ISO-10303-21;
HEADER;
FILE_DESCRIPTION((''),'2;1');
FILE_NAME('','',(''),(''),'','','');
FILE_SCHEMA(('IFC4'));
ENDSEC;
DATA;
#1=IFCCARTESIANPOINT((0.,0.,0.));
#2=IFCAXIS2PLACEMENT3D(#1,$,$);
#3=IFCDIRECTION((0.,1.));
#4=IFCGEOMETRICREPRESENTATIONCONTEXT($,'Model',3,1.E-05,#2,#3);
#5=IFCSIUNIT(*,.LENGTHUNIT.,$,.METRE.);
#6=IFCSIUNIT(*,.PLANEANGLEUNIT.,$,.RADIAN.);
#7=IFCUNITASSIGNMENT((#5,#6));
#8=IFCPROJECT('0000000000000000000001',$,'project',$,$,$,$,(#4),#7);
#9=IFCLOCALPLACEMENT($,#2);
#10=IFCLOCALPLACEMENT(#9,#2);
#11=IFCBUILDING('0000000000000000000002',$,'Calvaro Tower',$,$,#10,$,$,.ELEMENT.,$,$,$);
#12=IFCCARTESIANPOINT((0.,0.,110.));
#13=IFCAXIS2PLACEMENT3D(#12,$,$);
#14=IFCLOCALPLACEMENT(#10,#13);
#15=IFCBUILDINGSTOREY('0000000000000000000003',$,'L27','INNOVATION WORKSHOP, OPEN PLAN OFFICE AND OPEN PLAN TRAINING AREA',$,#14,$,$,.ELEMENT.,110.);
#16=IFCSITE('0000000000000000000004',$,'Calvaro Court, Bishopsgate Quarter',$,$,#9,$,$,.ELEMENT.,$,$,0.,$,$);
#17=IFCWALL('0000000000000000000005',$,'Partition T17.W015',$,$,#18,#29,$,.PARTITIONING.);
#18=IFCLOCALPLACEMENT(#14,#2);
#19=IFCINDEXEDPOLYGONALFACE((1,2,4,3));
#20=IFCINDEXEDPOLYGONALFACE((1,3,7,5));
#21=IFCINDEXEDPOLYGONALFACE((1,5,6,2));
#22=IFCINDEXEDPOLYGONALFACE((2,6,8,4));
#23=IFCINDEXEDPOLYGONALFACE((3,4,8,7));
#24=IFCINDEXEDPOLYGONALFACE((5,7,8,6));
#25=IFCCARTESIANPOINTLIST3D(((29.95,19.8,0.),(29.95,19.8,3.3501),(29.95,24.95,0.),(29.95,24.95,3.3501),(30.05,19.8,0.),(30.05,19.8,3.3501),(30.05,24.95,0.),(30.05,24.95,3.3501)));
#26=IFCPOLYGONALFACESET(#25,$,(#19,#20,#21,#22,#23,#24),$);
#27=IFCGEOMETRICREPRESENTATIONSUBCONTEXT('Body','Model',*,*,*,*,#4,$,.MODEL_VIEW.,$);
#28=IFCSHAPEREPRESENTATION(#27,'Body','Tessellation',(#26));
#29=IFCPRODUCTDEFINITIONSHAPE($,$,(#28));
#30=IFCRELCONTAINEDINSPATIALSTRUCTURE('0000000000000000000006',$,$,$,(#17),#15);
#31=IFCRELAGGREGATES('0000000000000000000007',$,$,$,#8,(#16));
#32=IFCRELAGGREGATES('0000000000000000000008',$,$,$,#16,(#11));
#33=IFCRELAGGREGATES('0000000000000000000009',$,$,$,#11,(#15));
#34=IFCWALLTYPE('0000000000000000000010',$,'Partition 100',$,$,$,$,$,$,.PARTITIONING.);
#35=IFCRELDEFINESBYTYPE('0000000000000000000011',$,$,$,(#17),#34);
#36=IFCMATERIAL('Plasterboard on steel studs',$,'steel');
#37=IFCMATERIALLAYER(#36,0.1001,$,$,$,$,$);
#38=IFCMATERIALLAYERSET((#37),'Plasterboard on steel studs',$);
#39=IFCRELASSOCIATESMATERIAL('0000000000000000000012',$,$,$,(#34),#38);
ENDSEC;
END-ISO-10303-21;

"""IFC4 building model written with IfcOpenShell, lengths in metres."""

from ifc_helpers import new_model, si_unit, direction, frame, frame_2d, origin, place, context, subcontext, project, spatial, rectangle, extrude, material, layer, layer_set, type_object, element, save


model = new_model("IFC4")

# Units and contexts
model_context = context("Model", 3, precision=1e-05, world=origin(), true_north=direction((0.0, 1.0)))
body_context = subcontext(model_context, "Body", "Model", "MODEL_VIEW")
ifc_project = project(units=[si_unit("LENGTHUNIT", "METRE"), si_unit("PLANEANGLEUNIT", "RADIAN")], contexts=[model_context])

# Site, building, storey
site_placement = place(None, origin())
site = spatial("IfcSite", under=ifc_project, at=site_placement, Name="Calvaro Court, Bishopsgate Quarter", CompositionType="ELEMENT", RefElevation=0.0)
building_placement = place(site_placement, origin())
building = spatial("IfcBuilding", under=site, at=building_placement, Name="Calvaro Tower", CompositionType="ELEMENT")
storey_placement = place(building_placement, frame((0.0, 0.0, 110.0)))
storey = spatial("IfcBuildingStorey", under=building, at=storey_placement, Name="L27", Description="INNOVATION WORKSHOP, OPEN PLAN OFFICE AND OPEN PLAN TRAINING AREA", CompositionType="ELEMENT", Elevation=110.0)

# Shared definitions
ifc_material_1 = material(Name="Plasterboard on steel studs", Category="steel")
ifc_layer_1 = layer(ifc_material_1, 0.1001)
ifc_layer_set_1 = layer_set([ifc_layer_1], Name="Plasterboard on steel studs")
wall_type_1 = type_object("IfcWallType", Name="Partition 100", PredefinedType="PARTITIONING", material=ifc_layer_set_1)

# Wall
wall_1_placement = place(storey_placement, frame((30.0, 19.8, 0.0), z_axis=(0.0, 0.0, 1.0), x_axis=(0.0, 1.0, 0.0)))
element("IfcWall", 1, at=wall_1_placement, inside=storey, type_object=wall_type_1, Name="Partition T17.W015", PredefinedType="PARTITIONING", context=body_context, shape_type="SweptSolid", body=[
    extrude(rectangle(XDim=5.1499, YDim=0.1001, at=frame_2d((2.575, 0.0))), origin(), (0.0, 0.0, 1.0), 3.3501),
])

save(model, "model.ifc")
